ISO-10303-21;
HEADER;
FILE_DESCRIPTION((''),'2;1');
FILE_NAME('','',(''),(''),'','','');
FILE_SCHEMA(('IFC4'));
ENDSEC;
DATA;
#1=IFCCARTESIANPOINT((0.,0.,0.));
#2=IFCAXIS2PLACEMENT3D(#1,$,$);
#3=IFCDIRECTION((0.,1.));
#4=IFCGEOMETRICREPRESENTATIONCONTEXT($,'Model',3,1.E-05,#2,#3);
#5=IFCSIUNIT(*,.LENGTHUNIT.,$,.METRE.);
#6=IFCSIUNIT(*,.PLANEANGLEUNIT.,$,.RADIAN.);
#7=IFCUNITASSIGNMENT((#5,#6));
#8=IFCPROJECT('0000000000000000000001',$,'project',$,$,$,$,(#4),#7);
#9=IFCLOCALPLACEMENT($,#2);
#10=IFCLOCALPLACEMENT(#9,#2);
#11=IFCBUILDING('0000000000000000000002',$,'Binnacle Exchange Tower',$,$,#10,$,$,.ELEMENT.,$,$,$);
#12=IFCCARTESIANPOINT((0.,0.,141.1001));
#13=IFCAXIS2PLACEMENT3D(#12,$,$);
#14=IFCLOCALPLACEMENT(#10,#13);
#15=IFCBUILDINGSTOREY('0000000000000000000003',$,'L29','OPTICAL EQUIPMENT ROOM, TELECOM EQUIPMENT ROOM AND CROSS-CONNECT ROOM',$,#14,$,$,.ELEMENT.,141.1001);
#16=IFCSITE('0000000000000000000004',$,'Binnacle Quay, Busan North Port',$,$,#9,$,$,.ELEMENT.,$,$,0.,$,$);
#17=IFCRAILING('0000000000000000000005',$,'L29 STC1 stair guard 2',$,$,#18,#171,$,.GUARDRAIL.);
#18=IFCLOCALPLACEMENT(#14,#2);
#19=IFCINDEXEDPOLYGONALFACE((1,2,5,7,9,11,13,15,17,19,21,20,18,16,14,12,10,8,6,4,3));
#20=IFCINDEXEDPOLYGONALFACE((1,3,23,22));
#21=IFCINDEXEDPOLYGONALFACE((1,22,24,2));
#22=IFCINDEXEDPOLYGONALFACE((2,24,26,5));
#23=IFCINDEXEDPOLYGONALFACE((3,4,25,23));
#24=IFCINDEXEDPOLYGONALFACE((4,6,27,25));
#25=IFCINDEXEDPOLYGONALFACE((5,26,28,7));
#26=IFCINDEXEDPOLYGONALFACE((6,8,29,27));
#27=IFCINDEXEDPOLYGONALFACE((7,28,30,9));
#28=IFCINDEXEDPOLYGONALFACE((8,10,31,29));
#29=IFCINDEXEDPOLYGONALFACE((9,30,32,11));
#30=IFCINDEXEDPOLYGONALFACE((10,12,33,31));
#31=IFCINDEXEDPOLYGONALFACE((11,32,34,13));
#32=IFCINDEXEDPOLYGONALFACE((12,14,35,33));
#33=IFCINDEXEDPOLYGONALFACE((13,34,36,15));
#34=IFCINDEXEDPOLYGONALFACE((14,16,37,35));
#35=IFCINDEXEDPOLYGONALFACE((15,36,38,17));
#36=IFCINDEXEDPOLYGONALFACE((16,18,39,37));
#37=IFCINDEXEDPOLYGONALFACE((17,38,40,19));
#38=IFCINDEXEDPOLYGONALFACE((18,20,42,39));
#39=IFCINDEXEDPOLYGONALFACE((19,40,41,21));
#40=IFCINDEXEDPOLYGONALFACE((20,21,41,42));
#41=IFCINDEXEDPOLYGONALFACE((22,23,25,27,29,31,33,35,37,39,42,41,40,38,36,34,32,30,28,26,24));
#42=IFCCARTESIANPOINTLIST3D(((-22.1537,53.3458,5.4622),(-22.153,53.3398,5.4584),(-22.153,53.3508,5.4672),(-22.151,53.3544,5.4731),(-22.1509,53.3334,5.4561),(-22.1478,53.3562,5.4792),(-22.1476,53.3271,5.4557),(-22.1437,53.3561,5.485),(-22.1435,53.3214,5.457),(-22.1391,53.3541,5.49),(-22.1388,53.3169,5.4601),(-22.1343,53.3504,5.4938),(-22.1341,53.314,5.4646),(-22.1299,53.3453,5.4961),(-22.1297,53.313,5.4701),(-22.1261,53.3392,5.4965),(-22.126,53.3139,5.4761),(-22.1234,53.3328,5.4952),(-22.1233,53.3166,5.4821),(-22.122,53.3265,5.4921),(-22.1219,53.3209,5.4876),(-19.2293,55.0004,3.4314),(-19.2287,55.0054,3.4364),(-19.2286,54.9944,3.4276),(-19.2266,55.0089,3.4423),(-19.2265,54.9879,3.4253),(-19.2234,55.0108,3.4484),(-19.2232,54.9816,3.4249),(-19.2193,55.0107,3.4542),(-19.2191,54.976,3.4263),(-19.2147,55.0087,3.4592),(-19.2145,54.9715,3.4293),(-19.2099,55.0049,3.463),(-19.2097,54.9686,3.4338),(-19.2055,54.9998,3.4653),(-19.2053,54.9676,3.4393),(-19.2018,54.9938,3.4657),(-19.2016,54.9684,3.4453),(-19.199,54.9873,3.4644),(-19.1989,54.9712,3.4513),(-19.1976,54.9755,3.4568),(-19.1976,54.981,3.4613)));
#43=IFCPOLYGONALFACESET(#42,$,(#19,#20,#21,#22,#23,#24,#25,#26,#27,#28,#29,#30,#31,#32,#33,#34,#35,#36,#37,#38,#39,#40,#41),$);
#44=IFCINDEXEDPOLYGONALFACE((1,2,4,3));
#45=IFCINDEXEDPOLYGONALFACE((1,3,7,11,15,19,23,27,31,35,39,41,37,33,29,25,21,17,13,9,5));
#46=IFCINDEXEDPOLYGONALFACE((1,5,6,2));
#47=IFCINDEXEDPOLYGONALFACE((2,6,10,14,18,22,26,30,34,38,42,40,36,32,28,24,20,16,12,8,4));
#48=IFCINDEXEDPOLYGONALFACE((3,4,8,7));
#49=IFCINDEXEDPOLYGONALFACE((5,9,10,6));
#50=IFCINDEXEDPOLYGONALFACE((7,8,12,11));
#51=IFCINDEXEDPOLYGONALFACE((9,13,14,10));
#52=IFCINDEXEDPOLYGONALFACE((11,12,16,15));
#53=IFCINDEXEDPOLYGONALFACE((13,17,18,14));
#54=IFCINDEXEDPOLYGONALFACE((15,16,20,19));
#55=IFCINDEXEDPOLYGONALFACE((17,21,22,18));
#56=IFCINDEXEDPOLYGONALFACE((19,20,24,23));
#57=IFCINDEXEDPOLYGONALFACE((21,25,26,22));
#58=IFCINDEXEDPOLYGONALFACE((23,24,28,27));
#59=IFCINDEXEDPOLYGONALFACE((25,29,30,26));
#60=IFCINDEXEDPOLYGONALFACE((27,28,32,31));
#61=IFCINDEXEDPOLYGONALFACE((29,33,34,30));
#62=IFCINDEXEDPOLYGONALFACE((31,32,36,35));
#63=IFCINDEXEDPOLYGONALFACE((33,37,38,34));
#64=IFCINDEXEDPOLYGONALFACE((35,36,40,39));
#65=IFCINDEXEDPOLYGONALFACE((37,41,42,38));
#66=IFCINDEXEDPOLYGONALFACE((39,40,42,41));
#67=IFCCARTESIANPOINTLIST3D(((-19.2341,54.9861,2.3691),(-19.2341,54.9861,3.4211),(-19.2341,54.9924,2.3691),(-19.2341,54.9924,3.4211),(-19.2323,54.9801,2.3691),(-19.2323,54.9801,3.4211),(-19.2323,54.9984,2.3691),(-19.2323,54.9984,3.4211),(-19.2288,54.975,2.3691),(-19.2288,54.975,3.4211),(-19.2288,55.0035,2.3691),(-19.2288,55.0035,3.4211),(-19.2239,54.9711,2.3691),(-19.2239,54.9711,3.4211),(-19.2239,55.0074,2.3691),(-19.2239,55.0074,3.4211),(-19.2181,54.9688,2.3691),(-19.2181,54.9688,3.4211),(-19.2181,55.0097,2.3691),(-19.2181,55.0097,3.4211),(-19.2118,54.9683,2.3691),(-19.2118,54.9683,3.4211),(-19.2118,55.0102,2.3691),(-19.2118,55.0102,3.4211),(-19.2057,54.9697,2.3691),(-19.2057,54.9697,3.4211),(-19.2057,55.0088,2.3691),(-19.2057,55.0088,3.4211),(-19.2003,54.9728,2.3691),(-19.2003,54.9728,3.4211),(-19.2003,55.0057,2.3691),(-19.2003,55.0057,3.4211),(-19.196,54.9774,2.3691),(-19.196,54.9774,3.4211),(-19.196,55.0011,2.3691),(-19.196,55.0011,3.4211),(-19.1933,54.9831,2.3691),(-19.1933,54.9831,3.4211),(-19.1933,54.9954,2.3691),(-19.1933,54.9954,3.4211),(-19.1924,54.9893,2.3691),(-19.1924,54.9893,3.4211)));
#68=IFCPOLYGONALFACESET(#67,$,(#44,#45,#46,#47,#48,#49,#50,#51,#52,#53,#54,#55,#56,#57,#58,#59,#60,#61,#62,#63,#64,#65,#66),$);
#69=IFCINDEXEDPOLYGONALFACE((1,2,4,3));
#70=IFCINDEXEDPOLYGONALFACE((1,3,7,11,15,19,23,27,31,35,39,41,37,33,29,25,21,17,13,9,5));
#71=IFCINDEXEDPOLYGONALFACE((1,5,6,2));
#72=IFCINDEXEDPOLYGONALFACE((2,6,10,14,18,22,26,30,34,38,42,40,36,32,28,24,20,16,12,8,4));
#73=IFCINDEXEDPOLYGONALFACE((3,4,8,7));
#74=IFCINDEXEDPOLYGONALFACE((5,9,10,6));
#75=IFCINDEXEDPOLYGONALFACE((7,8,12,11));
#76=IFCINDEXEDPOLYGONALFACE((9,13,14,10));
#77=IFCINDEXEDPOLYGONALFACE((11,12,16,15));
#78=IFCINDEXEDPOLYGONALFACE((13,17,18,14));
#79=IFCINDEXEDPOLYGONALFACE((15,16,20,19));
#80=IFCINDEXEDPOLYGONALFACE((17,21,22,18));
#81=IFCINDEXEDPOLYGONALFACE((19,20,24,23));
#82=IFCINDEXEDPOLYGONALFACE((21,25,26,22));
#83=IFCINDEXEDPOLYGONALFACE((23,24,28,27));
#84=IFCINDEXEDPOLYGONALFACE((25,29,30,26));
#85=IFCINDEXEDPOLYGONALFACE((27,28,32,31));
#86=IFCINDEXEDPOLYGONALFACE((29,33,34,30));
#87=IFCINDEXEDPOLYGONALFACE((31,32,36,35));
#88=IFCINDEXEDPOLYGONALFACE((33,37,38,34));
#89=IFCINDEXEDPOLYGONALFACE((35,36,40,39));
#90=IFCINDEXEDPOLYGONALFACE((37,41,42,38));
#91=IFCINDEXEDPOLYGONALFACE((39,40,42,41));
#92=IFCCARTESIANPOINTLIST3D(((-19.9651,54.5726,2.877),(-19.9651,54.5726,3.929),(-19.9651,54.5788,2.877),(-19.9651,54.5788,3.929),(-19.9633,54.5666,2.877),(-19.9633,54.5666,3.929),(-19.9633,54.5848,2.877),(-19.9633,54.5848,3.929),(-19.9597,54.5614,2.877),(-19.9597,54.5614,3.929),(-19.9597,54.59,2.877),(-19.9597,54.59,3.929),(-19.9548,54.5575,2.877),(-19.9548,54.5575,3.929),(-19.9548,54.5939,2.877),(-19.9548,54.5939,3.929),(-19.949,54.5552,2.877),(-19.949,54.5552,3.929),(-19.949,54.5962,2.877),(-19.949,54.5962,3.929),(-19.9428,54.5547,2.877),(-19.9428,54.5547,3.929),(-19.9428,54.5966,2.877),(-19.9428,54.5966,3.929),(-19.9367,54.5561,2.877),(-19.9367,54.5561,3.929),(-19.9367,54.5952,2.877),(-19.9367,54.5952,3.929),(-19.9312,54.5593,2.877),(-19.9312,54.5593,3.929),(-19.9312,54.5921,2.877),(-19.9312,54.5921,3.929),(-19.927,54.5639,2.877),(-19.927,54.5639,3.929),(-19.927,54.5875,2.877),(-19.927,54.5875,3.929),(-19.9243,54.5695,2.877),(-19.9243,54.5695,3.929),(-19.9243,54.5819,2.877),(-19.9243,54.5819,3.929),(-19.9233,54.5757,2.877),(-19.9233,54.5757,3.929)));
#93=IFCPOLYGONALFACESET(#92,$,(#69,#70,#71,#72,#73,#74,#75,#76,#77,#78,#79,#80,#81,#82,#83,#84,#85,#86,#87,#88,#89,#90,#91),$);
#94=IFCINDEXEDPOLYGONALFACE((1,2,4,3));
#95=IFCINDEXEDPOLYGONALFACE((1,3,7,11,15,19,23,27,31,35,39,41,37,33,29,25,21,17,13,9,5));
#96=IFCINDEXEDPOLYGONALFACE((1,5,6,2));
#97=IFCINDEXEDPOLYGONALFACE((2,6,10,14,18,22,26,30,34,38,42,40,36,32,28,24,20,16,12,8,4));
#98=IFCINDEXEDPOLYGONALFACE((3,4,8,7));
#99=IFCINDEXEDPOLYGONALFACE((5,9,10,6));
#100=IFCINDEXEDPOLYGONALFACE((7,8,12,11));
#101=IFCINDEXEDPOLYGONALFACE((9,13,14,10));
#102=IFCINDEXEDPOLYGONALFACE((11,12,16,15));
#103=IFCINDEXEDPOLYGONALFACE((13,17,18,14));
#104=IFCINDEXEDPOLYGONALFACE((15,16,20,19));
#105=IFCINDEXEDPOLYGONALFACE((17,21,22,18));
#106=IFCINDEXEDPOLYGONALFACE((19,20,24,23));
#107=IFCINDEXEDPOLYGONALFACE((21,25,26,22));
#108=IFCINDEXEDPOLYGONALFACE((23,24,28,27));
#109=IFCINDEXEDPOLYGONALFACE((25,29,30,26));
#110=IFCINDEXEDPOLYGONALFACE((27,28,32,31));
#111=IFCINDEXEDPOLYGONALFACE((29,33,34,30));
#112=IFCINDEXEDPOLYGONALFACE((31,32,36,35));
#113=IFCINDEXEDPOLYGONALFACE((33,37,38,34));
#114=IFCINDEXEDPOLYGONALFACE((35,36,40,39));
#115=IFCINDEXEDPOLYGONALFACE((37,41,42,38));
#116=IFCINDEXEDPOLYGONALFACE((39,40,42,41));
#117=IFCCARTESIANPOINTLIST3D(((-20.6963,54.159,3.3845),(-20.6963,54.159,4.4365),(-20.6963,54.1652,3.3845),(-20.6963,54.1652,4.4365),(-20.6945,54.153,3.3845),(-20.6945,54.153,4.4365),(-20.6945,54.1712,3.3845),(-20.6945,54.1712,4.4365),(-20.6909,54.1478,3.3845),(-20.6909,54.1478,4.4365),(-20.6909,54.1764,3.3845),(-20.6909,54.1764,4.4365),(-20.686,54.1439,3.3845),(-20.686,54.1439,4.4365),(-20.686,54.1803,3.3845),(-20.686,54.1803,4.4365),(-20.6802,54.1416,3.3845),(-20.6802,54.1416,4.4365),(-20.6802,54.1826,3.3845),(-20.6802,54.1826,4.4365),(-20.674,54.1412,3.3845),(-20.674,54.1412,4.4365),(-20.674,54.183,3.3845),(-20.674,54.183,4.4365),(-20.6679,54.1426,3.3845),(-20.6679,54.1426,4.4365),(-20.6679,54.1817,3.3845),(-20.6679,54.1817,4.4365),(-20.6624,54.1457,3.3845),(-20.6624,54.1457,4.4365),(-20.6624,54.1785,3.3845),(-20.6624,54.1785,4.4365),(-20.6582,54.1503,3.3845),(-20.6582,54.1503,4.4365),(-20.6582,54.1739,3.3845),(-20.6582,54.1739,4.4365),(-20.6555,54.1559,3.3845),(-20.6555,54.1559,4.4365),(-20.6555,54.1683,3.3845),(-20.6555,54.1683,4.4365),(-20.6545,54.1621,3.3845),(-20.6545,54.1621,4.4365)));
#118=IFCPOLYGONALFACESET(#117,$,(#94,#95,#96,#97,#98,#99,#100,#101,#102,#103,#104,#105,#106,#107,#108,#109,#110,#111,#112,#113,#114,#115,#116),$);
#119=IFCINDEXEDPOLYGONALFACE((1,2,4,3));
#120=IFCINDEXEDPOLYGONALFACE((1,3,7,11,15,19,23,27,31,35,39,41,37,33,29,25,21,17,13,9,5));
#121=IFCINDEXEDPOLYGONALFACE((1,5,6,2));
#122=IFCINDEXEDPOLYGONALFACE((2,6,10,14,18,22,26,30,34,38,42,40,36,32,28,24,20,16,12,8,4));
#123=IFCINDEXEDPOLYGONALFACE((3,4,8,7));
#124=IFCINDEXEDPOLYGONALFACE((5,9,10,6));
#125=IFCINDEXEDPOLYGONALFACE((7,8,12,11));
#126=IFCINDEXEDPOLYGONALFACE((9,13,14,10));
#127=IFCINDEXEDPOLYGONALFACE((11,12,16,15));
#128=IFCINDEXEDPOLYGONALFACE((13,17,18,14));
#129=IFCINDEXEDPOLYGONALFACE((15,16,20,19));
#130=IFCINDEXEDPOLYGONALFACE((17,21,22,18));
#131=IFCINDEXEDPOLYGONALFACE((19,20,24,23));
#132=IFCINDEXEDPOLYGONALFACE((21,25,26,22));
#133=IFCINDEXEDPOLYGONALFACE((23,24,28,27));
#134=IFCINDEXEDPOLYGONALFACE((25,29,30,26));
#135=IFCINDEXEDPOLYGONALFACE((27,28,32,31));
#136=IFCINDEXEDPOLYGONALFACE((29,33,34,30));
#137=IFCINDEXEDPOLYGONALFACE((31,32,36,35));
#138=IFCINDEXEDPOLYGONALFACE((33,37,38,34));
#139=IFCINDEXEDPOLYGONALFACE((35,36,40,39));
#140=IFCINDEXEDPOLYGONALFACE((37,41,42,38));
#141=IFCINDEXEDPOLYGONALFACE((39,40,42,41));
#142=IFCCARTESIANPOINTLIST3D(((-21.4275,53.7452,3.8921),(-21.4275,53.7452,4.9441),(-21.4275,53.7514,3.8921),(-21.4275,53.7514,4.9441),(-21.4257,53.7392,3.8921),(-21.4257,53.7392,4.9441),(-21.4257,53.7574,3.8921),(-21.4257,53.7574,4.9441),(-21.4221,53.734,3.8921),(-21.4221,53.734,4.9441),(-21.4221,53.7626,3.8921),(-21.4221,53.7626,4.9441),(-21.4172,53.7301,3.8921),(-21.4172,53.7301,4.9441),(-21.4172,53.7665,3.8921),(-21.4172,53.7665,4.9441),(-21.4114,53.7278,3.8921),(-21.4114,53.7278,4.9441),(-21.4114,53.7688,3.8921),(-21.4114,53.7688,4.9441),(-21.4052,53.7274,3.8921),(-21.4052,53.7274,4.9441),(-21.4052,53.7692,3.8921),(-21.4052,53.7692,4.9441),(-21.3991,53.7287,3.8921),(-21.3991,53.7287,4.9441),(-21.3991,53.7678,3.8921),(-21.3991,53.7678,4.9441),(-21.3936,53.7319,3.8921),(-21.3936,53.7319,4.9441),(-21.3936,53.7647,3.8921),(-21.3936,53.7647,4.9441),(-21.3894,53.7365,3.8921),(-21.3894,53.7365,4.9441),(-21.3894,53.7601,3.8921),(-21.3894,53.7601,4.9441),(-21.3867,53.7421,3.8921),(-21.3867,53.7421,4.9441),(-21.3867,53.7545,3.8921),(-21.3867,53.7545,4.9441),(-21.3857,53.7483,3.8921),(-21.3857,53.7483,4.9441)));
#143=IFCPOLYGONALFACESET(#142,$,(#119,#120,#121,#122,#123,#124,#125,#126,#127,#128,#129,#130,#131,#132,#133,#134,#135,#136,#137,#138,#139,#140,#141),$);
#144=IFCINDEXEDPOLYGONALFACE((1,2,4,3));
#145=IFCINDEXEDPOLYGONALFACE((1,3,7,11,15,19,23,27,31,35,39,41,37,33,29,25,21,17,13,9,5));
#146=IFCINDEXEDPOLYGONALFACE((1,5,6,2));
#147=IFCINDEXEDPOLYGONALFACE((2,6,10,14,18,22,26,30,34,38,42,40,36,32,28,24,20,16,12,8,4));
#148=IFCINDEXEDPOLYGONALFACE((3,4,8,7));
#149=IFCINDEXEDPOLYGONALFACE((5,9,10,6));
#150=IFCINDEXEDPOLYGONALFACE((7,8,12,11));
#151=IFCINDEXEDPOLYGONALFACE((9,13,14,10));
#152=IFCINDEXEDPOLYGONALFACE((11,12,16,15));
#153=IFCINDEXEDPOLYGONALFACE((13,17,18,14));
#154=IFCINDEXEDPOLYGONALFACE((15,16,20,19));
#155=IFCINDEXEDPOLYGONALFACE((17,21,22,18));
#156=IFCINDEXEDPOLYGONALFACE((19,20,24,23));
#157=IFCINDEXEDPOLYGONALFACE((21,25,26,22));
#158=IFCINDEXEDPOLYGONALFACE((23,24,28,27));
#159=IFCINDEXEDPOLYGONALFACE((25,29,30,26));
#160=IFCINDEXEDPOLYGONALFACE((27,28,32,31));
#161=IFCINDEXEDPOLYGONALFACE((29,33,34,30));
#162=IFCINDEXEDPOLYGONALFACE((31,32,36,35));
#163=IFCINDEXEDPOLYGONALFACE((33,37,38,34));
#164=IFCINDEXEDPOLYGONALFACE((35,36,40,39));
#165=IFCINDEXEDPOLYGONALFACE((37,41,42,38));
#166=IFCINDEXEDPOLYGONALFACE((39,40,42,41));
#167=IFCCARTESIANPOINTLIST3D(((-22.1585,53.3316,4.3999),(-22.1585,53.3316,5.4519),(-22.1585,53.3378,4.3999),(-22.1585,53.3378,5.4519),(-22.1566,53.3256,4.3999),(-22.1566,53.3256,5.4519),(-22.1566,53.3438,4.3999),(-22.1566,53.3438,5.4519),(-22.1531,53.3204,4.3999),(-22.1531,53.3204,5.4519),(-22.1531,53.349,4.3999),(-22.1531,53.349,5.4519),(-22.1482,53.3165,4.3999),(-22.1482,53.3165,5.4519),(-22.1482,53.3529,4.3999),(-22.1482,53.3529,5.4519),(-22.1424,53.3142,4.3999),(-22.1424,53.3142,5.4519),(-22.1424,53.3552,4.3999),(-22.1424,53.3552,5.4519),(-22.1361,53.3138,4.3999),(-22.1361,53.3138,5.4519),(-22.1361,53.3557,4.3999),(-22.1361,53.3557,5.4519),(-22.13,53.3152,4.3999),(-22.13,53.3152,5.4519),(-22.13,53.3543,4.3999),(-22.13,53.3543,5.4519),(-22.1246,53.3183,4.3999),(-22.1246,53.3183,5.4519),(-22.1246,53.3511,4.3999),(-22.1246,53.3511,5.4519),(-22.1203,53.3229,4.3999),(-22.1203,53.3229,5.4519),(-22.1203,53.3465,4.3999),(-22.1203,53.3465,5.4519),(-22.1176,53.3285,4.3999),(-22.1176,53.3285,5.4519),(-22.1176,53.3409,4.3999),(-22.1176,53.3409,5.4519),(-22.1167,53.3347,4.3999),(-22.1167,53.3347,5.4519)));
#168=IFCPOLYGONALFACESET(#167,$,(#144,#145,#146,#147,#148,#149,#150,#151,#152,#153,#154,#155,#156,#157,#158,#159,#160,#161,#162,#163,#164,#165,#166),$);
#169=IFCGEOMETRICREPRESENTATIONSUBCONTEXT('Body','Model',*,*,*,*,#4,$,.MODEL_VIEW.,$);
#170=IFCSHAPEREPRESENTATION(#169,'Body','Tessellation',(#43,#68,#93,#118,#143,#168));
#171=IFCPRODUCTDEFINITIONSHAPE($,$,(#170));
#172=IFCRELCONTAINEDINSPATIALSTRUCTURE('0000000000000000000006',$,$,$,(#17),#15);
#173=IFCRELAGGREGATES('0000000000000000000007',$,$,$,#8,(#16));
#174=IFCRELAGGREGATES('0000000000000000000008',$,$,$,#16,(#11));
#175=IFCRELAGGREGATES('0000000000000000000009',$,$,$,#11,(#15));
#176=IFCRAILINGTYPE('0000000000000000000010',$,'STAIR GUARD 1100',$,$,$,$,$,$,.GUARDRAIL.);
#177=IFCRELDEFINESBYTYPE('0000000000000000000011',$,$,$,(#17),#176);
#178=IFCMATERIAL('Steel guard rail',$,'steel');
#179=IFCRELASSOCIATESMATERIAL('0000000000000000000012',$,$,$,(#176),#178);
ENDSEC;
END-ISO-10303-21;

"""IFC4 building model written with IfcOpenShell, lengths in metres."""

from ifc_helpers import new_model, si_unit, direction, frame, origin, origin_2d, place, context, subcontext, project, spatial, circle, extrude, material, type_object, element, save


model = new_model("IFC4")

# Units and contexts
model_context = context("Model", 3, precision=1e-05, world=origin(), true_north=direction((0.0, 1.0)))
body_context = subcontext(model_context, "Body", "Model", "MODEL_VIEW")
ifc_project = project(units=[si_unit("LENGTHUNIT", "METRE"), si_unit("PLANEANGLEUNIT", "RADIAN")], contexts=[model_context])

# Site, building, storey
site_placement = place(None, origin())
site = spatial("IfcSite", under=ifc_project, at=site_placement, Name="Binnacle Quay, Busan North Port", CompositionType="ELEMENT", RefElevation=0.0)
building_placement = place(site_placement, origin())
building = spatial("IfcBuilding", under=site, at=building_placement, Name="Binnacle Exchange Tower", CompositionType="ELEMENT")
storey_placement = place(building_placement, frame((0.0, 0.0, 141.1001)))
storey = spatial("IfcBuildingStorey", under=building, at=storey_placement, Name="L29", Description="OPTICAL EQUIPMENT ROOM, TELECOM EQUIPMENT ROOM AND CROSS-CONNECT ROOM", CompositionType="ELEMENT", Elevation=141.1001)

# Railing
ifc_material_1 = material(Name="Steel guard rail", Category="steel")
railing_type = type_object("IfcRailingType", Name="STAIR GUARD 1100", PredefinedType="GUARDRAIL", material=ifc_material_1)
railing_placement = place(storey_placement, frame((-19.2134, 54.9893, 2.3691)))
element("IfcRailing", 1, at=railing_placement, inside=storey, type_object=railing_type, Name="L29 STC1 stair guard 2", PredefinedType="GUARDRAIL", context=body_context, shape_type="SweptSolid", body=[
    extrude(circle(Radius=0.0239, at=origin_2d()), frame((0.0, 0.0, 1.0762), z_axis=(-0.744867, -0.421437, 0.517266), x_axis=(0.492433, -0.87035, 0.0)), (0.0, 0.0, 1.0), 3.926),
    extrude(circle(Radius=0.021, at=origin_2d()), origin(), (0.0, 0.0, 1.0), 1.052),
    extrude(circle(Radius=0.021, at=origin_2d()), frame((-0.731, -0.4136, 0.5078)), (0.0, 0.0, 1.0), 1.052),
    extrude(circle(Radius=0.021, at=origin_2d()), frame((-1.4622, -0.8271, 1.0154)), (0.0, 0.0, 1.0), 1.052),
    extrude(circle(Radius=0.021, at=origin_2d()), frame((-2.1934, -1.241, 1.5229)), (0.0, 0.0, 1.0), 1.052),
    extrude(circle(Radius=0.021, at=origin_2d()), frame((-2.9243, -1.6545, 2.0308)), (0.0, 0.0, 1.0), 1.052),
])

save(model, "model.ifc")
